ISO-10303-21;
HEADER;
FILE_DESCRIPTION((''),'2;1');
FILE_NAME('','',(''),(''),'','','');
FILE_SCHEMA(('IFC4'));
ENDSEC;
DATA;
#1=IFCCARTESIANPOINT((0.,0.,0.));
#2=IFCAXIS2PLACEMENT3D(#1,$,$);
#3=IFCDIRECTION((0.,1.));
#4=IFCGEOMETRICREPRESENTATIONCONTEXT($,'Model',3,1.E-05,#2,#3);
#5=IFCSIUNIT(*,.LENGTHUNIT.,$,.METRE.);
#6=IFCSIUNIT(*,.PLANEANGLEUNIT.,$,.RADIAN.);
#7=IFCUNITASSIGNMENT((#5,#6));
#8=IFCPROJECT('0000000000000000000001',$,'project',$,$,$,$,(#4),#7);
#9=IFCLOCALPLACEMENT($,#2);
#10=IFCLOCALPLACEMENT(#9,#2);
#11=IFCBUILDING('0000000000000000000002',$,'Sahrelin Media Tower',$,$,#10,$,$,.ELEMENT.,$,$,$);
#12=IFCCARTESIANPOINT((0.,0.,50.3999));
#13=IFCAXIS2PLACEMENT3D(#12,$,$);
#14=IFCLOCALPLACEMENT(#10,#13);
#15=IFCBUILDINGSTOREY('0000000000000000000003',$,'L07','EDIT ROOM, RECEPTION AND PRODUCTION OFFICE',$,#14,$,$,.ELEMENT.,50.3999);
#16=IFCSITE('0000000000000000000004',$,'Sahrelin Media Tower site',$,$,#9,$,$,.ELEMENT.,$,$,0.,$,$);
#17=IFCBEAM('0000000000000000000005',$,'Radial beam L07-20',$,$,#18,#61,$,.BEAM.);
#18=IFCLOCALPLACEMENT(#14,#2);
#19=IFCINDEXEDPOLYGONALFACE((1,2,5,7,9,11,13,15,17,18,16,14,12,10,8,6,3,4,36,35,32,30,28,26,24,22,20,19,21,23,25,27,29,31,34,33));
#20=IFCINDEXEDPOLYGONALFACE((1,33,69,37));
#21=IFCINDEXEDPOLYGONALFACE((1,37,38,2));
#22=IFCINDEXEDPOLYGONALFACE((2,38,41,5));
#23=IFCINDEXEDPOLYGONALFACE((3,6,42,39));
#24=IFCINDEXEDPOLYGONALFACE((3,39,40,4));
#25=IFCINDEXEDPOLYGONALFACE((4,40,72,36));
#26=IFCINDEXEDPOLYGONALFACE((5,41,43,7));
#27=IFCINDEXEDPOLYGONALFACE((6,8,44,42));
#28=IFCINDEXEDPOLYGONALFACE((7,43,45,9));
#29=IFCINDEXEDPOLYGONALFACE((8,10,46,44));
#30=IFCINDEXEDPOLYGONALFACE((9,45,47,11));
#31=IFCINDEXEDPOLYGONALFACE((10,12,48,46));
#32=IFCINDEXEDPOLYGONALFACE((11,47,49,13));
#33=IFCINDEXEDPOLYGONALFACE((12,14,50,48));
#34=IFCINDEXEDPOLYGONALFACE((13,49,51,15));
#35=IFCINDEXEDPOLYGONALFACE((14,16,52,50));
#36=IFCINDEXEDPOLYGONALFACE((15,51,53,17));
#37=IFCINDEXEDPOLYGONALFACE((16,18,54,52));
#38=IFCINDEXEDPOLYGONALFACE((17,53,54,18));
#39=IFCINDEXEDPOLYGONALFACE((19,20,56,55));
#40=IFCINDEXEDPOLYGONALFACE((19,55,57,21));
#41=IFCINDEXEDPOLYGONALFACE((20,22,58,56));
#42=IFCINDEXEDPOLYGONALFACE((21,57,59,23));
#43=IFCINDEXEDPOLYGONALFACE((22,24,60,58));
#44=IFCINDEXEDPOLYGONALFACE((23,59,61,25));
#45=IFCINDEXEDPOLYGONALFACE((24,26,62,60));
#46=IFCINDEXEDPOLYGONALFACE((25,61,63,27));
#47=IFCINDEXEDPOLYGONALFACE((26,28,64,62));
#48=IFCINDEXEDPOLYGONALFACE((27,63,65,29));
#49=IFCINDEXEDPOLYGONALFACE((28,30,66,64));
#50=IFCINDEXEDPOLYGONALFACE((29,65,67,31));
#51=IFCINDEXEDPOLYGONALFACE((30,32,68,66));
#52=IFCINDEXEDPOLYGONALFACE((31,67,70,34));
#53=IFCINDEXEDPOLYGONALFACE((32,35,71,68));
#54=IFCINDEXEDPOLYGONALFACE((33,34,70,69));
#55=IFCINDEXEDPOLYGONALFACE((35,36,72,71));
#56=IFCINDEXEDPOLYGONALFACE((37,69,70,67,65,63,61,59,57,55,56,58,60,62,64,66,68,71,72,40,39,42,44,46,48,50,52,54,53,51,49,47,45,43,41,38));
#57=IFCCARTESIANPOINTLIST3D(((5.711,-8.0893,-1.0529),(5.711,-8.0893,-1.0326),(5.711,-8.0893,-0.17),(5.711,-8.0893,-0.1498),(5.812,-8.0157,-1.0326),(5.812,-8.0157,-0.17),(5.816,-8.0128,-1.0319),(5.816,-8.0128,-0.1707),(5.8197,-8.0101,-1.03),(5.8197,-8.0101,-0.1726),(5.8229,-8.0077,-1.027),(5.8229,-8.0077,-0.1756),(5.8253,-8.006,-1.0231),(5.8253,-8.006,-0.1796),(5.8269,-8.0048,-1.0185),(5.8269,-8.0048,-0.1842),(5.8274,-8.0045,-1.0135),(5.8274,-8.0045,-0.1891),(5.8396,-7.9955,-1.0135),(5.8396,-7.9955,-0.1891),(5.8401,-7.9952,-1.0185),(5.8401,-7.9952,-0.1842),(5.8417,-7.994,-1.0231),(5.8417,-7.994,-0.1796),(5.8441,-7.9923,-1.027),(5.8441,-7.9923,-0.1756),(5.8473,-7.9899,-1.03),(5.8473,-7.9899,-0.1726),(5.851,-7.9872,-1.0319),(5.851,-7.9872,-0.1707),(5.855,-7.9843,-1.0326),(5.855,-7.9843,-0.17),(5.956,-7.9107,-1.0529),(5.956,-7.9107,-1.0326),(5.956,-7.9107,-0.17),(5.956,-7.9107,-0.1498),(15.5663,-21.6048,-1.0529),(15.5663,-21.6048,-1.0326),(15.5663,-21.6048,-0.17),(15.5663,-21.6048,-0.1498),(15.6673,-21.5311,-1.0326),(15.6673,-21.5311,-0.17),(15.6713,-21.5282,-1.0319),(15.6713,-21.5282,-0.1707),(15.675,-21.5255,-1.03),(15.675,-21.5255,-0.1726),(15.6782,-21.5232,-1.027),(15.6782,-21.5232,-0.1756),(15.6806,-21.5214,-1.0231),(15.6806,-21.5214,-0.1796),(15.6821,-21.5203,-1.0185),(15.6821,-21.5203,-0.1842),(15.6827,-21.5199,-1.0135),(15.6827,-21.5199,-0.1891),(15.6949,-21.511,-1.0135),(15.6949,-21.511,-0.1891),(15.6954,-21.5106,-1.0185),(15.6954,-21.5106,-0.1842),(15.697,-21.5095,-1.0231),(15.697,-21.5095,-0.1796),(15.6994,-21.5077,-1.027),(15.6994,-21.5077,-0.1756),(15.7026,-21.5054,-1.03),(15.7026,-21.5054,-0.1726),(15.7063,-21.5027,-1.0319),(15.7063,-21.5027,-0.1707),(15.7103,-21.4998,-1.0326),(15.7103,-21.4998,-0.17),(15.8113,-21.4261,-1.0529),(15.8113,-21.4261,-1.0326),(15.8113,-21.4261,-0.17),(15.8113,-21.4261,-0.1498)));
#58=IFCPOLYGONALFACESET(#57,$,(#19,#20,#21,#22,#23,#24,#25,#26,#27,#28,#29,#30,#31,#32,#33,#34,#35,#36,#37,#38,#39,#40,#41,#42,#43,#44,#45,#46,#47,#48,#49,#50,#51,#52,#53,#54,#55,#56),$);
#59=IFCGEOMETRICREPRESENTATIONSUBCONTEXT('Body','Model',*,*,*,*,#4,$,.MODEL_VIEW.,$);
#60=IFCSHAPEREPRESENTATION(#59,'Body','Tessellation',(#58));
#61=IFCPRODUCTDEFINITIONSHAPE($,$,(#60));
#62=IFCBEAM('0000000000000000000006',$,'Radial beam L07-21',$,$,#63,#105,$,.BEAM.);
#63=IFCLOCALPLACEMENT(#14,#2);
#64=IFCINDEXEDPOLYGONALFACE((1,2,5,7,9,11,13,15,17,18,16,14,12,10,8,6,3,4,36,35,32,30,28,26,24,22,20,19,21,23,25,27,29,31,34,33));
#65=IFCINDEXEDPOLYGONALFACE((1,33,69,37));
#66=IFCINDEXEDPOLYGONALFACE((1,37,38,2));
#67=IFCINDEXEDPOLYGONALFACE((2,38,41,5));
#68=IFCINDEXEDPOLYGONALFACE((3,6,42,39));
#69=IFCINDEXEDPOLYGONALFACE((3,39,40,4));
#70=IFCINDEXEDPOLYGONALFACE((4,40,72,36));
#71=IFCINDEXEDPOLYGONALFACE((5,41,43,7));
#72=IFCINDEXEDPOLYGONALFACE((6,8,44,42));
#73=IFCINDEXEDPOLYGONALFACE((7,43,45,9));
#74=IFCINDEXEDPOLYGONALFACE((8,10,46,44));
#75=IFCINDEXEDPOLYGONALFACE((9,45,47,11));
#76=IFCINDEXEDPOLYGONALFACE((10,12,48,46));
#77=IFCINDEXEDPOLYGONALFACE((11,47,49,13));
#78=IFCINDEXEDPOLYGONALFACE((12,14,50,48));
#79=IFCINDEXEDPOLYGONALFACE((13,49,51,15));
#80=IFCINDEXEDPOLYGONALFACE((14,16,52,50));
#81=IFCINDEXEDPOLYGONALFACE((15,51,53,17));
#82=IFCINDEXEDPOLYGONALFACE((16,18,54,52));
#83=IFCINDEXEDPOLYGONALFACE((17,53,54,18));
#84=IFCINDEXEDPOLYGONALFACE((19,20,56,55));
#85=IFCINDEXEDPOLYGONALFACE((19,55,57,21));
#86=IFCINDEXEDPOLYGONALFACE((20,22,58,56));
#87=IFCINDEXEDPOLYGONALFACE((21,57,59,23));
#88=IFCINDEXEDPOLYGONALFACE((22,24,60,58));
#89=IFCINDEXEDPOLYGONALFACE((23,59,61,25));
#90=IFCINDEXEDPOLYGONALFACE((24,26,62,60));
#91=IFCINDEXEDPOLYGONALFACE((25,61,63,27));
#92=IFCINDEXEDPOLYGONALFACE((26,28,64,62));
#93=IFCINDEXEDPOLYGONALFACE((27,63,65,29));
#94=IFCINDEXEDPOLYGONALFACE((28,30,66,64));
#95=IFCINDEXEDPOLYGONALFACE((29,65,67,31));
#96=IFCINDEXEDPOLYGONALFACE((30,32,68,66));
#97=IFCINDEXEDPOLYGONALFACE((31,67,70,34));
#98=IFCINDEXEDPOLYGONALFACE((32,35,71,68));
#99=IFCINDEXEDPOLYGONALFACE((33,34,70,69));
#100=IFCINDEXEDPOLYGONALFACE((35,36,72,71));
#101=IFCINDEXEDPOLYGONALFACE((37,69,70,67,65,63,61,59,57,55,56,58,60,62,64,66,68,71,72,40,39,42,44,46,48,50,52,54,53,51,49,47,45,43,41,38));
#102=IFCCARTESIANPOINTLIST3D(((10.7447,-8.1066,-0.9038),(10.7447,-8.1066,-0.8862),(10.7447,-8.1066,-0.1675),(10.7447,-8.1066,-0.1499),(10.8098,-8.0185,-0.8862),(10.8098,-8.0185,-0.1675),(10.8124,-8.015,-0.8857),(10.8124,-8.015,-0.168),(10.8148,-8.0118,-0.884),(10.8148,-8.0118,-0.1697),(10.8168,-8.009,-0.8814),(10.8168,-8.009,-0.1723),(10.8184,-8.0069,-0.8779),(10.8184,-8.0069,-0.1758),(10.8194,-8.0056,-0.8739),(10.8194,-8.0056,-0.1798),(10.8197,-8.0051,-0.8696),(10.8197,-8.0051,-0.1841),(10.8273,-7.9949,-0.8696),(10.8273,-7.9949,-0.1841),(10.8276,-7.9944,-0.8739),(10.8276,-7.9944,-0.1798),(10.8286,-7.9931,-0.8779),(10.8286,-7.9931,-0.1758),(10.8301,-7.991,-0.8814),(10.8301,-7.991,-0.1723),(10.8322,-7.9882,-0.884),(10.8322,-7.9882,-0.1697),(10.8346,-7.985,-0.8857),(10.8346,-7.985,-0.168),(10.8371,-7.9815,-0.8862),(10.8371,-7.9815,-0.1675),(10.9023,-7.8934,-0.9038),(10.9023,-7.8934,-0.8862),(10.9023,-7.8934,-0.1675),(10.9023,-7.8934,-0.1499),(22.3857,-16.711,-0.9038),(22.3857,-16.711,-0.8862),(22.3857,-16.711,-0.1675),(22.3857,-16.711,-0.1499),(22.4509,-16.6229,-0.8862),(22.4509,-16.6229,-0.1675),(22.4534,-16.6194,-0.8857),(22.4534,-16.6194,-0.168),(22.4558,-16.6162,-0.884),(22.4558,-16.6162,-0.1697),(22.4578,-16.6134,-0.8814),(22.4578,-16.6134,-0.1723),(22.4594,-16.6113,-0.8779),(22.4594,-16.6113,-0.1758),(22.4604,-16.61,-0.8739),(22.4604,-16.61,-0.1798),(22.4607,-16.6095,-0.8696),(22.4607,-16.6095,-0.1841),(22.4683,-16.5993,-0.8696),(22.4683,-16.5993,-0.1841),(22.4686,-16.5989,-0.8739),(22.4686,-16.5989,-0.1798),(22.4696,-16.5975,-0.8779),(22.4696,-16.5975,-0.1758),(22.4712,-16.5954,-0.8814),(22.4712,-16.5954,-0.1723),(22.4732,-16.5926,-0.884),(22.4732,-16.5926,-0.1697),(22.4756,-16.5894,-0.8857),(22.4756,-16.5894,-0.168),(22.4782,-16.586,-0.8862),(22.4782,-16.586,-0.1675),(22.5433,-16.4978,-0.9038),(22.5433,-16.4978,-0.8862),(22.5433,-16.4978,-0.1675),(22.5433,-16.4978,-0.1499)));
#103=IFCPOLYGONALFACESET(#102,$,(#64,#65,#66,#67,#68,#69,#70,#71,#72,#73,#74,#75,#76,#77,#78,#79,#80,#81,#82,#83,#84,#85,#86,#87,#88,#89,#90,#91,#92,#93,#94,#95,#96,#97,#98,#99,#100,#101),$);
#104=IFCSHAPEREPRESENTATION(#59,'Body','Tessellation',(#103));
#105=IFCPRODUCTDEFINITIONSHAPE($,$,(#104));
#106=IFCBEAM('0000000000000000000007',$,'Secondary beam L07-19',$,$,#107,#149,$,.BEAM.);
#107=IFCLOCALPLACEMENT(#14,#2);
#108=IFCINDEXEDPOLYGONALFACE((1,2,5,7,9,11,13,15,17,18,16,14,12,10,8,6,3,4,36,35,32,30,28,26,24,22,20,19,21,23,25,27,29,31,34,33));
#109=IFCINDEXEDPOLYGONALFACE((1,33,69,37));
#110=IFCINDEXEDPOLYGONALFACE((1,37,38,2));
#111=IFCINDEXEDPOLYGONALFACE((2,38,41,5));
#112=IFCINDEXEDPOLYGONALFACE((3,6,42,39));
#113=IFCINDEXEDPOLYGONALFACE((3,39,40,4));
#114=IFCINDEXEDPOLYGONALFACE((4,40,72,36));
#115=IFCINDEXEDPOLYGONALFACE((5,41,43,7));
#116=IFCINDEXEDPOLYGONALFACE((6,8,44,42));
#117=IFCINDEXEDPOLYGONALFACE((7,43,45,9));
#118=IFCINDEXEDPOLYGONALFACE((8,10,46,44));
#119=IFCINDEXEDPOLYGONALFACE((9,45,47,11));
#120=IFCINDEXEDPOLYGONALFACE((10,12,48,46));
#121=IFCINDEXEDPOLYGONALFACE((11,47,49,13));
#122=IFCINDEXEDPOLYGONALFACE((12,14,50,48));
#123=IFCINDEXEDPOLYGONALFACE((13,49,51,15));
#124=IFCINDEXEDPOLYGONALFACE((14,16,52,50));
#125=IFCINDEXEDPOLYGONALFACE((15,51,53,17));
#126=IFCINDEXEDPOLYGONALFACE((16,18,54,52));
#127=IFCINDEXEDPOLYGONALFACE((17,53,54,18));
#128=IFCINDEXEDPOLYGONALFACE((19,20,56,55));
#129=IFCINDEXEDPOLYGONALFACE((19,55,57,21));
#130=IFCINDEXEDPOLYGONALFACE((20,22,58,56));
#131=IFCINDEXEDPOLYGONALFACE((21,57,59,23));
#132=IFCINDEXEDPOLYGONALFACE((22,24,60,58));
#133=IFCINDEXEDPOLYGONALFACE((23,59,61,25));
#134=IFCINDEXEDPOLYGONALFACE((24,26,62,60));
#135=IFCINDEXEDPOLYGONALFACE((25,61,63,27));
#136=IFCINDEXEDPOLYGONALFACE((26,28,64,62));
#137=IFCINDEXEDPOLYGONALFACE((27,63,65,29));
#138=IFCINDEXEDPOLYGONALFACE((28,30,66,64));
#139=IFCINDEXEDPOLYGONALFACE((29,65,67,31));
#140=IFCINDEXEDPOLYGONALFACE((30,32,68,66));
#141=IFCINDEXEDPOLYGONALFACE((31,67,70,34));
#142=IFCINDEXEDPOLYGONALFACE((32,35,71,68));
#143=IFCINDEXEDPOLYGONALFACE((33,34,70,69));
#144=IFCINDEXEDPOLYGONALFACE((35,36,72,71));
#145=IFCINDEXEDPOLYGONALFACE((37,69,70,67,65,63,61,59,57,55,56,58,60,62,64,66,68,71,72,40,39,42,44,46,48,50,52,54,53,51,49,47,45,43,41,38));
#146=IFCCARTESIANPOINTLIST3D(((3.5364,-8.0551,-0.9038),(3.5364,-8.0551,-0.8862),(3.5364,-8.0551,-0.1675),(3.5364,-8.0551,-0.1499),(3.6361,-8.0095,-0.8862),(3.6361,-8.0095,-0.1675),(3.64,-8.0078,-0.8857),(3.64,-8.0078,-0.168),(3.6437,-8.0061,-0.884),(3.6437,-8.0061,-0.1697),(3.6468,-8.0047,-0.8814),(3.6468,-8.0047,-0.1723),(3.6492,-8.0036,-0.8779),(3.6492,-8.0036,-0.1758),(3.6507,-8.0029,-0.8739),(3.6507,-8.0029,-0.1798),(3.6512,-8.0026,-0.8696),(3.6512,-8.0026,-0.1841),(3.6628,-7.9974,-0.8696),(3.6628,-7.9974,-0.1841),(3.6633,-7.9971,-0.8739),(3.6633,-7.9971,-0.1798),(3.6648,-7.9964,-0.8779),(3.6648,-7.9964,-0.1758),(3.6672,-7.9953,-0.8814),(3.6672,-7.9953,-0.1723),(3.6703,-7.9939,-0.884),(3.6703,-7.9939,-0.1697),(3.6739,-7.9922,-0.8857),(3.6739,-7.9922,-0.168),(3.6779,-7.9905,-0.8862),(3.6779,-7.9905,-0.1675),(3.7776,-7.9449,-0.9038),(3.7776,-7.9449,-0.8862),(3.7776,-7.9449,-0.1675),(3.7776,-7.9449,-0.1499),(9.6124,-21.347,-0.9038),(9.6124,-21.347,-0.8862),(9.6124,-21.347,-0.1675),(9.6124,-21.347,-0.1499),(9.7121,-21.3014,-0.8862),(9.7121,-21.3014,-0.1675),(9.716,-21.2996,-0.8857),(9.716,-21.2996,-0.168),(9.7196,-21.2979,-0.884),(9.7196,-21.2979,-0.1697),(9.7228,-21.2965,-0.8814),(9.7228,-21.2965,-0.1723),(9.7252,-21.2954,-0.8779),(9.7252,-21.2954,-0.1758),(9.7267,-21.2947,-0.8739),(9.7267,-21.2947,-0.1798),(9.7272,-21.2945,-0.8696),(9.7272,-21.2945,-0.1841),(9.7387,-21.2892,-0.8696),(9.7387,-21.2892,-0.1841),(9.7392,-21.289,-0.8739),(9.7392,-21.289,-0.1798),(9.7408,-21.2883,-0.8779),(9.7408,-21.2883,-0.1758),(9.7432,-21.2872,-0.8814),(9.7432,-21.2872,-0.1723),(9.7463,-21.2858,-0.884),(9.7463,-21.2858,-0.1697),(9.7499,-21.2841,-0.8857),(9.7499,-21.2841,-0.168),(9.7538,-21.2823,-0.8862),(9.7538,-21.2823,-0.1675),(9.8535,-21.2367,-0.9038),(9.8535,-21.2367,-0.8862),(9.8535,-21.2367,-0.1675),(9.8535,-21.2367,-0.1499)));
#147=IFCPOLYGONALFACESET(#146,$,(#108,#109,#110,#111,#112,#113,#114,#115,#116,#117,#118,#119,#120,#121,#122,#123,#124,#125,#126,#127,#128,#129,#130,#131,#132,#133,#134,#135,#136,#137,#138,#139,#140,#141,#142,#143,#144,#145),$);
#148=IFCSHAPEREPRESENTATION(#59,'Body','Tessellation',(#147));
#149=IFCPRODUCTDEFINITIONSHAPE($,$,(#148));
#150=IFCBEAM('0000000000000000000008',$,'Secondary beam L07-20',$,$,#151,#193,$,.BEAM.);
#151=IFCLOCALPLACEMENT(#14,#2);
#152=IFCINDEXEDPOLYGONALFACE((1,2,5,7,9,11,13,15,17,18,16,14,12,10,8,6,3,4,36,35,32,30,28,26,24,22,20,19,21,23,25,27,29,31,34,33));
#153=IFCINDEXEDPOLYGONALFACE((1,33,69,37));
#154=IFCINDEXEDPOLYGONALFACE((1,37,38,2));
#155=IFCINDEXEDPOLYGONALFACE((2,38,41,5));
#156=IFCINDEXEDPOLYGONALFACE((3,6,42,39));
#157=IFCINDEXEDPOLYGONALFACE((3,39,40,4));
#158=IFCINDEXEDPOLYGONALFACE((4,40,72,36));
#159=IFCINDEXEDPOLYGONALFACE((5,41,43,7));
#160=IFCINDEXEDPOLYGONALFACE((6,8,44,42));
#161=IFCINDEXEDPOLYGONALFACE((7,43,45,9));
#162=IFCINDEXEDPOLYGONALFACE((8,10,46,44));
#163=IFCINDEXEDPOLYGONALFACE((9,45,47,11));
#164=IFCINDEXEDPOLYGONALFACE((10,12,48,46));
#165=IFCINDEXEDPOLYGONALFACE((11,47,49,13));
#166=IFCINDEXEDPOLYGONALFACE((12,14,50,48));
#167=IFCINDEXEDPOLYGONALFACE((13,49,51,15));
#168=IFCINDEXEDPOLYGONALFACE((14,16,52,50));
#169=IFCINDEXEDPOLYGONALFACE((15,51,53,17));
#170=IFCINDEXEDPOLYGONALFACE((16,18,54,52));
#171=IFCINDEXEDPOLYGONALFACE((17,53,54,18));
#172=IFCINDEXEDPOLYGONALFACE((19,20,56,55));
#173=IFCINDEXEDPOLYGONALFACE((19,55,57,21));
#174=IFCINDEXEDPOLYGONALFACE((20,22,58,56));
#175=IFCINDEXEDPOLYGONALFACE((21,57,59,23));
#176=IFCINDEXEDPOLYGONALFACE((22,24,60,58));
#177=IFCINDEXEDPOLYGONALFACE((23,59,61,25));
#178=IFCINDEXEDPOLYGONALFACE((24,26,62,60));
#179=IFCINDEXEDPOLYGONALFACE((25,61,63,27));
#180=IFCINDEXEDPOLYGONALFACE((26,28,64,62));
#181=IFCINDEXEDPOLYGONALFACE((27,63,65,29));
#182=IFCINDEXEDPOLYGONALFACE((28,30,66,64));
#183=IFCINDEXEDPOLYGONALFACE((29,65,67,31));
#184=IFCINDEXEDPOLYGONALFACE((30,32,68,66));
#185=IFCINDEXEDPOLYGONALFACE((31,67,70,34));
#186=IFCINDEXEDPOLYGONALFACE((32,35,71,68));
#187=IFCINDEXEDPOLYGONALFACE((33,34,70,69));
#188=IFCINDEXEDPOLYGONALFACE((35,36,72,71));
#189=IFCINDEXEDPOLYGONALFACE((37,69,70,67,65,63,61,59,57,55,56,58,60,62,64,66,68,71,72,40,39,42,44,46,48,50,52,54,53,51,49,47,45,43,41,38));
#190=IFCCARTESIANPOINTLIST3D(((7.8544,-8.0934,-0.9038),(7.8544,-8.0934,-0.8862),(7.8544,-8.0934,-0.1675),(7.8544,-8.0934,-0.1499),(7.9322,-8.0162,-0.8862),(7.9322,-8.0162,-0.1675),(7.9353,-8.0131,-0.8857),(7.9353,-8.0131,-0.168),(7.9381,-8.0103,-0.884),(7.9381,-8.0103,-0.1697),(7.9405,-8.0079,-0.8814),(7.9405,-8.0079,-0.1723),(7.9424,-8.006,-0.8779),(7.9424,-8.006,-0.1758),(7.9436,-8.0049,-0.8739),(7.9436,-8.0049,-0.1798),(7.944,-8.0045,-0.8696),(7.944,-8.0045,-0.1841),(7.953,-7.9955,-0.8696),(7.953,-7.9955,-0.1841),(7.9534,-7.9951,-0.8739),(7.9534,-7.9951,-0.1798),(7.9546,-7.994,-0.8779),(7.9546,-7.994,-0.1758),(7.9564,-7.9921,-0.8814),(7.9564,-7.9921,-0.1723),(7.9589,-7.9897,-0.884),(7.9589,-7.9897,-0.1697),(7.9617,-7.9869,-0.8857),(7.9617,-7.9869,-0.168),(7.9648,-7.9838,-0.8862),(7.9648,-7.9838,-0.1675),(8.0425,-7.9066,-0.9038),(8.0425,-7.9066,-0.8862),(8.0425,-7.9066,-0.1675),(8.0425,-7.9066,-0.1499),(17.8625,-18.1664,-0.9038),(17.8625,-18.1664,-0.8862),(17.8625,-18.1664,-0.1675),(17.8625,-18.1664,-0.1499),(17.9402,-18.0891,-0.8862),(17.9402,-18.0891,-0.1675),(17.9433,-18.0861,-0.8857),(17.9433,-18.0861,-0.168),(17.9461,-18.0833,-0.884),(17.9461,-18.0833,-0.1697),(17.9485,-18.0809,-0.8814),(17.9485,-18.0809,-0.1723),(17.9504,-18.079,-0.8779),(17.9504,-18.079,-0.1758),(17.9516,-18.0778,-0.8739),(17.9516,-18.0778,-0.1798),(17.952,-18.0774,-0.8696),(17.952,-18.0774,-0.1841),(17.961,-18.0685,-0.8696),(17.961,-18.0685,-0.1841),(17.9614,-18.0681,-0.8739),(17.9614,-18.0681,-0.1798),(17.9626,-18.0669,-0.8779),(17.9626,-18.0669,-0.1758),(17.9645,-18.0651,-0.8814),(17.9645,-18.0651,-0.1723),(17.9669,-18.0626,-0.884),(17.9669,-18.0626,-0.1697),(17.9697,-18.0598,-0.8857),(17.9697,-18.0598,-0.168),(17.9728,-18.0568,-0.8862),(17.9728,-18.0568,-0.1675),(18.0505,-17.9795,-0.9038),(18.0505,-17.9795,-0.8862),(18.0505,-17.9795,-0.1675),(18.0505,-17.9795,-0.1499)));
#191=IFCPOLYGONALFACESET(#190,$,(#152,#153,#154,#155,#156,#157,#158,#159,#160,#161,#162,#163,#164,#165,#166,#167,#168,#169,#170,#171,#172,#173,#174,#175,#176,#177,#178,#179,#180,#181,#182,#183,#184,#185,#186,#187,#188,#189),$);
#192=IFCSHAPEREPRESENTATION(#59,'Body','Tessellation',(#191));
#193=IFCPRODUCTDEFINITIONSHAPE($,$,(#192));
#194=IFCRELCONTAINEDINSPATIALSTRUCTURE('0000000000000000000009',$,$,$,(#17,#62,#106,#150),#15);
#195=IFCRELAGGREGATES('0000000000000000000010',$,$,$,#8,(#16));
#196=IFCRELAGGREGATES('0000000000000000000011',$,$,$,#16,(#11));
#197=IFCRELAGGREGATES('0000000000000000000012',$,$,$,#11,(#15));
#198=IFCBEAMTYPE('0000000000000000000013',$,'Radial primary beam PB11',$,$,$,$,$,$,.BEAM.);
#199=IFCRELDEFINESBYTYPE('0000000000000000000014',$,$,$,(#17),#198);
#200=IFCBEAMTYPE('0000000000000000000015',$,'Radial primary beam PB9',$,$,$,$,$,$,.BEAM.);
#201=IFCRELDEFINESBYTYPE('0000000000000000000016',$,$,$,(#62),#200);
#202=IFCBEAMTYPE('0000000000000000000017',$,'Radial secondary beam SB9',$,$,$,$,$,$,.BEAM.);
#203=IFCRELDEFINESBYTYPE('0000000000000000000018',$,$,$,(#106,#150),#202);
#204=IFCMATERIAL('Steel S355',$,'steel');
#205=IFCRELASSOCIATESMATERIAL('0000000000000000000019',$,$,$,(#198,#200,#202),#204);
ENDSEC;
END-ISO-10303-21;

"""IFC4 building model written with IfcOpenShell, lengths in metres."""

from ifc_helpers import new_model, si_unit, direction, frame, origin, origin_2d, place, context, subcontext, project, spatial, i_section, extrude, material, material_profile, profile_set, type_object, element, save


model = new_model("IFC4")

# Units and contexts
model_context = context("Model", 3, precision=1e-05, world=origin(), true_north=direction((0.0, 1.0)))
body_context = subcontext(model_context, "Body", "Model", "MODEL_VIEW")
ifc_project = project(units=[si_unit("LENGTHUNIT", "METRE"), si_unit("PLANEANGLEUNIT", "RADIAN")], contexts=[model_context])

# Site, building, storey
site_placement = place(None, origin())
site = spatial("IfcSite", under=ifc_project, at=site_placement, Name="Sahrelin Media Tower site", CompositionType="ELEMENT", RefElevation=0.0)
building_placement = place(site_placement, origin())
building = spatial("IfcBuilding", under=site, at=building_placement, Name="Sahrelin Media Tower", CompositionType="ELEMENT")
storey_placement = place(building_placement, frame((0.0, 0.0, 50.3999)))
storey = spatial("IfcBuildingStorey", under=building, at=storey_placement, Name="L07", Description="EDIT ROOM, RECEPTION AND PRODUCTION OFFICE", CompositionType="ELEMENT", Elevation=50.3999)

# Shared definitions
ifc_material_1 = material(Name="Steel S355", Category="steel")

# Beams
ifc_material_profile_1 = material_profile(ifc_material_1, i_section(OverallWidth=0.3032, OverallDepth=0.9031, WebThickness=0.0151, FlangeThickness=0.0203, FilletRadius=0.019, at=origin_2d()), Name="UB 914x305x201")
ifc_profile_set_1 = profile_set([ifc_material_profile_1], Name="Steel S355")
beam_type_1 = type_object("IfcBeamType", Name="Radial primary beam PB11", PredefinedType="BEAM", material=ifc_profile_set_1)
beam_1_placement = place(storey_placement, frame((5.8335, -8.0, -0.6013), z_axis=(0.589182, -0.808, 0.0), x_axis=(0.808, 0.589182, 0.0)))
element("IfcBeam", 1, at=beam_1_placement, inside=storey, type_object=beam_type_1, Name="Radial beam L07-20", PredefinedType="BEAM", context=body_context, shape_type="SweptSolid", body=[
    extrude(i_section(OverallWidth=0.3032, OverallDepth=0.9031, WebThickness=0.0151, FlangeThickness=0.0203, FilletRadius=0.019, at=origin_2d()), origin(), (0.0, 0.0, 1.0), 16.7271),
])
ifc_material_profile_2 = material_profile(ifc_material_1, i_section(OverallWidth=0.2651, OverallDepth=0.7539, WebThickness=0.0127, FlangeThickness=0.0176, FilletRadius=0.0166, at=origin_2d()), Name="UB 762x267x147")
ifc_profile_set_2 = profile_set([ifc_material_profile_2], Name="Steel S355")
beam_type_2 = type_object("IfcBeamType", Name="Radial primary beam PB9", PredefinedType="BEAM", material=ifc_profile_set_2)
beam_2_placement = place(storey_placement, frame((10.8235, -8.0, -0.5269), z_axis=(0.80417, -0.5944, 0.0), x_axis=(0.5944, 0.80417, 0.0)))
element("IfcBeam", 2, at=beam_2_placement, inside=storey, type_object=beam_type_2, Name="Radial beam L07-21", PredefinedType="BEAM", context=body_context, shape_type="SweptSolid", body=[
    extrude(i_section(OverallWidth=0.2651, OverallDepth=0.7539, WebThickness=0.0127, FlangeThickness=0.0176, FilletRadius=0.0166, at=origin_2d()), origin(), (0.0, 0.0, 1.0), 14.4758),
])
ifc_material_profile_3 = material_profile(ifc_material_1, i_section(OverallWidth=0.2651, OverallDepth=0.7539, WebThickness=0.0127, FlangeThickness=0.0176, FilletRadius=0.0166, at=origin_2d()), Name="UB 762x267x147")
ifc_profile_set_3 = profile_set([ifc_material_profile_3], Name="Steel S355")
beam_type_3 = type_object("IfcBeamType", Name="Radial secondary beam SB9", PredefinedType="BEAM", material=ifc_profile_set_3)
beam_3_placement = place(storey_placement, frame((3.657, -8.0, -0.5269), z_axis=(0.415743, -0.909482, 0.0), x_axis=(0.909482, 0.415743, 0.0)))
element("IfcBeam", 3, at=beam_3_placement, inside=storey, type_object=beam_type_3, Name="Secondary beam L07-19", PredefinedType="BEAM", context=body_context, shape_type="SweptSolid", body=[
    extrude(i_section(OverallWidth=0.2651, OverallDepth=0.7539, WebThickness=0.0127, FlangeThickness=0.0176, FilletRadius=0.0166, at=origin_2d()), origin(), (0.0, 0.0, 1.0), 14.6147),
])
beam_4_placement = place(storey_placement, frame((7.9485, -8.0, -0.5269), z_axis=(0.704816, -0.70939, 0.0), x_axis=(0.70939, 0.704816, 0.0)))
element("IfcBeam", 4, at=beam_4_placement, inside=storey, type_object=beam_type_3, Name="Secondary beam L07-20", PredefinedType="BEAM", context=body_context, shape_type="SweptSolid", body=[
    extrude(i_section(OverallWidth=0.2651, OverallDepth=0.7539, WebThickness=0.0127, FlangeThickness=0.0176, FilletRadius=0.0166, at=origin_2d()), origin(), (0.0, 0.0, 1.0), 14.1995),
])

save(model, "model.ifc")
